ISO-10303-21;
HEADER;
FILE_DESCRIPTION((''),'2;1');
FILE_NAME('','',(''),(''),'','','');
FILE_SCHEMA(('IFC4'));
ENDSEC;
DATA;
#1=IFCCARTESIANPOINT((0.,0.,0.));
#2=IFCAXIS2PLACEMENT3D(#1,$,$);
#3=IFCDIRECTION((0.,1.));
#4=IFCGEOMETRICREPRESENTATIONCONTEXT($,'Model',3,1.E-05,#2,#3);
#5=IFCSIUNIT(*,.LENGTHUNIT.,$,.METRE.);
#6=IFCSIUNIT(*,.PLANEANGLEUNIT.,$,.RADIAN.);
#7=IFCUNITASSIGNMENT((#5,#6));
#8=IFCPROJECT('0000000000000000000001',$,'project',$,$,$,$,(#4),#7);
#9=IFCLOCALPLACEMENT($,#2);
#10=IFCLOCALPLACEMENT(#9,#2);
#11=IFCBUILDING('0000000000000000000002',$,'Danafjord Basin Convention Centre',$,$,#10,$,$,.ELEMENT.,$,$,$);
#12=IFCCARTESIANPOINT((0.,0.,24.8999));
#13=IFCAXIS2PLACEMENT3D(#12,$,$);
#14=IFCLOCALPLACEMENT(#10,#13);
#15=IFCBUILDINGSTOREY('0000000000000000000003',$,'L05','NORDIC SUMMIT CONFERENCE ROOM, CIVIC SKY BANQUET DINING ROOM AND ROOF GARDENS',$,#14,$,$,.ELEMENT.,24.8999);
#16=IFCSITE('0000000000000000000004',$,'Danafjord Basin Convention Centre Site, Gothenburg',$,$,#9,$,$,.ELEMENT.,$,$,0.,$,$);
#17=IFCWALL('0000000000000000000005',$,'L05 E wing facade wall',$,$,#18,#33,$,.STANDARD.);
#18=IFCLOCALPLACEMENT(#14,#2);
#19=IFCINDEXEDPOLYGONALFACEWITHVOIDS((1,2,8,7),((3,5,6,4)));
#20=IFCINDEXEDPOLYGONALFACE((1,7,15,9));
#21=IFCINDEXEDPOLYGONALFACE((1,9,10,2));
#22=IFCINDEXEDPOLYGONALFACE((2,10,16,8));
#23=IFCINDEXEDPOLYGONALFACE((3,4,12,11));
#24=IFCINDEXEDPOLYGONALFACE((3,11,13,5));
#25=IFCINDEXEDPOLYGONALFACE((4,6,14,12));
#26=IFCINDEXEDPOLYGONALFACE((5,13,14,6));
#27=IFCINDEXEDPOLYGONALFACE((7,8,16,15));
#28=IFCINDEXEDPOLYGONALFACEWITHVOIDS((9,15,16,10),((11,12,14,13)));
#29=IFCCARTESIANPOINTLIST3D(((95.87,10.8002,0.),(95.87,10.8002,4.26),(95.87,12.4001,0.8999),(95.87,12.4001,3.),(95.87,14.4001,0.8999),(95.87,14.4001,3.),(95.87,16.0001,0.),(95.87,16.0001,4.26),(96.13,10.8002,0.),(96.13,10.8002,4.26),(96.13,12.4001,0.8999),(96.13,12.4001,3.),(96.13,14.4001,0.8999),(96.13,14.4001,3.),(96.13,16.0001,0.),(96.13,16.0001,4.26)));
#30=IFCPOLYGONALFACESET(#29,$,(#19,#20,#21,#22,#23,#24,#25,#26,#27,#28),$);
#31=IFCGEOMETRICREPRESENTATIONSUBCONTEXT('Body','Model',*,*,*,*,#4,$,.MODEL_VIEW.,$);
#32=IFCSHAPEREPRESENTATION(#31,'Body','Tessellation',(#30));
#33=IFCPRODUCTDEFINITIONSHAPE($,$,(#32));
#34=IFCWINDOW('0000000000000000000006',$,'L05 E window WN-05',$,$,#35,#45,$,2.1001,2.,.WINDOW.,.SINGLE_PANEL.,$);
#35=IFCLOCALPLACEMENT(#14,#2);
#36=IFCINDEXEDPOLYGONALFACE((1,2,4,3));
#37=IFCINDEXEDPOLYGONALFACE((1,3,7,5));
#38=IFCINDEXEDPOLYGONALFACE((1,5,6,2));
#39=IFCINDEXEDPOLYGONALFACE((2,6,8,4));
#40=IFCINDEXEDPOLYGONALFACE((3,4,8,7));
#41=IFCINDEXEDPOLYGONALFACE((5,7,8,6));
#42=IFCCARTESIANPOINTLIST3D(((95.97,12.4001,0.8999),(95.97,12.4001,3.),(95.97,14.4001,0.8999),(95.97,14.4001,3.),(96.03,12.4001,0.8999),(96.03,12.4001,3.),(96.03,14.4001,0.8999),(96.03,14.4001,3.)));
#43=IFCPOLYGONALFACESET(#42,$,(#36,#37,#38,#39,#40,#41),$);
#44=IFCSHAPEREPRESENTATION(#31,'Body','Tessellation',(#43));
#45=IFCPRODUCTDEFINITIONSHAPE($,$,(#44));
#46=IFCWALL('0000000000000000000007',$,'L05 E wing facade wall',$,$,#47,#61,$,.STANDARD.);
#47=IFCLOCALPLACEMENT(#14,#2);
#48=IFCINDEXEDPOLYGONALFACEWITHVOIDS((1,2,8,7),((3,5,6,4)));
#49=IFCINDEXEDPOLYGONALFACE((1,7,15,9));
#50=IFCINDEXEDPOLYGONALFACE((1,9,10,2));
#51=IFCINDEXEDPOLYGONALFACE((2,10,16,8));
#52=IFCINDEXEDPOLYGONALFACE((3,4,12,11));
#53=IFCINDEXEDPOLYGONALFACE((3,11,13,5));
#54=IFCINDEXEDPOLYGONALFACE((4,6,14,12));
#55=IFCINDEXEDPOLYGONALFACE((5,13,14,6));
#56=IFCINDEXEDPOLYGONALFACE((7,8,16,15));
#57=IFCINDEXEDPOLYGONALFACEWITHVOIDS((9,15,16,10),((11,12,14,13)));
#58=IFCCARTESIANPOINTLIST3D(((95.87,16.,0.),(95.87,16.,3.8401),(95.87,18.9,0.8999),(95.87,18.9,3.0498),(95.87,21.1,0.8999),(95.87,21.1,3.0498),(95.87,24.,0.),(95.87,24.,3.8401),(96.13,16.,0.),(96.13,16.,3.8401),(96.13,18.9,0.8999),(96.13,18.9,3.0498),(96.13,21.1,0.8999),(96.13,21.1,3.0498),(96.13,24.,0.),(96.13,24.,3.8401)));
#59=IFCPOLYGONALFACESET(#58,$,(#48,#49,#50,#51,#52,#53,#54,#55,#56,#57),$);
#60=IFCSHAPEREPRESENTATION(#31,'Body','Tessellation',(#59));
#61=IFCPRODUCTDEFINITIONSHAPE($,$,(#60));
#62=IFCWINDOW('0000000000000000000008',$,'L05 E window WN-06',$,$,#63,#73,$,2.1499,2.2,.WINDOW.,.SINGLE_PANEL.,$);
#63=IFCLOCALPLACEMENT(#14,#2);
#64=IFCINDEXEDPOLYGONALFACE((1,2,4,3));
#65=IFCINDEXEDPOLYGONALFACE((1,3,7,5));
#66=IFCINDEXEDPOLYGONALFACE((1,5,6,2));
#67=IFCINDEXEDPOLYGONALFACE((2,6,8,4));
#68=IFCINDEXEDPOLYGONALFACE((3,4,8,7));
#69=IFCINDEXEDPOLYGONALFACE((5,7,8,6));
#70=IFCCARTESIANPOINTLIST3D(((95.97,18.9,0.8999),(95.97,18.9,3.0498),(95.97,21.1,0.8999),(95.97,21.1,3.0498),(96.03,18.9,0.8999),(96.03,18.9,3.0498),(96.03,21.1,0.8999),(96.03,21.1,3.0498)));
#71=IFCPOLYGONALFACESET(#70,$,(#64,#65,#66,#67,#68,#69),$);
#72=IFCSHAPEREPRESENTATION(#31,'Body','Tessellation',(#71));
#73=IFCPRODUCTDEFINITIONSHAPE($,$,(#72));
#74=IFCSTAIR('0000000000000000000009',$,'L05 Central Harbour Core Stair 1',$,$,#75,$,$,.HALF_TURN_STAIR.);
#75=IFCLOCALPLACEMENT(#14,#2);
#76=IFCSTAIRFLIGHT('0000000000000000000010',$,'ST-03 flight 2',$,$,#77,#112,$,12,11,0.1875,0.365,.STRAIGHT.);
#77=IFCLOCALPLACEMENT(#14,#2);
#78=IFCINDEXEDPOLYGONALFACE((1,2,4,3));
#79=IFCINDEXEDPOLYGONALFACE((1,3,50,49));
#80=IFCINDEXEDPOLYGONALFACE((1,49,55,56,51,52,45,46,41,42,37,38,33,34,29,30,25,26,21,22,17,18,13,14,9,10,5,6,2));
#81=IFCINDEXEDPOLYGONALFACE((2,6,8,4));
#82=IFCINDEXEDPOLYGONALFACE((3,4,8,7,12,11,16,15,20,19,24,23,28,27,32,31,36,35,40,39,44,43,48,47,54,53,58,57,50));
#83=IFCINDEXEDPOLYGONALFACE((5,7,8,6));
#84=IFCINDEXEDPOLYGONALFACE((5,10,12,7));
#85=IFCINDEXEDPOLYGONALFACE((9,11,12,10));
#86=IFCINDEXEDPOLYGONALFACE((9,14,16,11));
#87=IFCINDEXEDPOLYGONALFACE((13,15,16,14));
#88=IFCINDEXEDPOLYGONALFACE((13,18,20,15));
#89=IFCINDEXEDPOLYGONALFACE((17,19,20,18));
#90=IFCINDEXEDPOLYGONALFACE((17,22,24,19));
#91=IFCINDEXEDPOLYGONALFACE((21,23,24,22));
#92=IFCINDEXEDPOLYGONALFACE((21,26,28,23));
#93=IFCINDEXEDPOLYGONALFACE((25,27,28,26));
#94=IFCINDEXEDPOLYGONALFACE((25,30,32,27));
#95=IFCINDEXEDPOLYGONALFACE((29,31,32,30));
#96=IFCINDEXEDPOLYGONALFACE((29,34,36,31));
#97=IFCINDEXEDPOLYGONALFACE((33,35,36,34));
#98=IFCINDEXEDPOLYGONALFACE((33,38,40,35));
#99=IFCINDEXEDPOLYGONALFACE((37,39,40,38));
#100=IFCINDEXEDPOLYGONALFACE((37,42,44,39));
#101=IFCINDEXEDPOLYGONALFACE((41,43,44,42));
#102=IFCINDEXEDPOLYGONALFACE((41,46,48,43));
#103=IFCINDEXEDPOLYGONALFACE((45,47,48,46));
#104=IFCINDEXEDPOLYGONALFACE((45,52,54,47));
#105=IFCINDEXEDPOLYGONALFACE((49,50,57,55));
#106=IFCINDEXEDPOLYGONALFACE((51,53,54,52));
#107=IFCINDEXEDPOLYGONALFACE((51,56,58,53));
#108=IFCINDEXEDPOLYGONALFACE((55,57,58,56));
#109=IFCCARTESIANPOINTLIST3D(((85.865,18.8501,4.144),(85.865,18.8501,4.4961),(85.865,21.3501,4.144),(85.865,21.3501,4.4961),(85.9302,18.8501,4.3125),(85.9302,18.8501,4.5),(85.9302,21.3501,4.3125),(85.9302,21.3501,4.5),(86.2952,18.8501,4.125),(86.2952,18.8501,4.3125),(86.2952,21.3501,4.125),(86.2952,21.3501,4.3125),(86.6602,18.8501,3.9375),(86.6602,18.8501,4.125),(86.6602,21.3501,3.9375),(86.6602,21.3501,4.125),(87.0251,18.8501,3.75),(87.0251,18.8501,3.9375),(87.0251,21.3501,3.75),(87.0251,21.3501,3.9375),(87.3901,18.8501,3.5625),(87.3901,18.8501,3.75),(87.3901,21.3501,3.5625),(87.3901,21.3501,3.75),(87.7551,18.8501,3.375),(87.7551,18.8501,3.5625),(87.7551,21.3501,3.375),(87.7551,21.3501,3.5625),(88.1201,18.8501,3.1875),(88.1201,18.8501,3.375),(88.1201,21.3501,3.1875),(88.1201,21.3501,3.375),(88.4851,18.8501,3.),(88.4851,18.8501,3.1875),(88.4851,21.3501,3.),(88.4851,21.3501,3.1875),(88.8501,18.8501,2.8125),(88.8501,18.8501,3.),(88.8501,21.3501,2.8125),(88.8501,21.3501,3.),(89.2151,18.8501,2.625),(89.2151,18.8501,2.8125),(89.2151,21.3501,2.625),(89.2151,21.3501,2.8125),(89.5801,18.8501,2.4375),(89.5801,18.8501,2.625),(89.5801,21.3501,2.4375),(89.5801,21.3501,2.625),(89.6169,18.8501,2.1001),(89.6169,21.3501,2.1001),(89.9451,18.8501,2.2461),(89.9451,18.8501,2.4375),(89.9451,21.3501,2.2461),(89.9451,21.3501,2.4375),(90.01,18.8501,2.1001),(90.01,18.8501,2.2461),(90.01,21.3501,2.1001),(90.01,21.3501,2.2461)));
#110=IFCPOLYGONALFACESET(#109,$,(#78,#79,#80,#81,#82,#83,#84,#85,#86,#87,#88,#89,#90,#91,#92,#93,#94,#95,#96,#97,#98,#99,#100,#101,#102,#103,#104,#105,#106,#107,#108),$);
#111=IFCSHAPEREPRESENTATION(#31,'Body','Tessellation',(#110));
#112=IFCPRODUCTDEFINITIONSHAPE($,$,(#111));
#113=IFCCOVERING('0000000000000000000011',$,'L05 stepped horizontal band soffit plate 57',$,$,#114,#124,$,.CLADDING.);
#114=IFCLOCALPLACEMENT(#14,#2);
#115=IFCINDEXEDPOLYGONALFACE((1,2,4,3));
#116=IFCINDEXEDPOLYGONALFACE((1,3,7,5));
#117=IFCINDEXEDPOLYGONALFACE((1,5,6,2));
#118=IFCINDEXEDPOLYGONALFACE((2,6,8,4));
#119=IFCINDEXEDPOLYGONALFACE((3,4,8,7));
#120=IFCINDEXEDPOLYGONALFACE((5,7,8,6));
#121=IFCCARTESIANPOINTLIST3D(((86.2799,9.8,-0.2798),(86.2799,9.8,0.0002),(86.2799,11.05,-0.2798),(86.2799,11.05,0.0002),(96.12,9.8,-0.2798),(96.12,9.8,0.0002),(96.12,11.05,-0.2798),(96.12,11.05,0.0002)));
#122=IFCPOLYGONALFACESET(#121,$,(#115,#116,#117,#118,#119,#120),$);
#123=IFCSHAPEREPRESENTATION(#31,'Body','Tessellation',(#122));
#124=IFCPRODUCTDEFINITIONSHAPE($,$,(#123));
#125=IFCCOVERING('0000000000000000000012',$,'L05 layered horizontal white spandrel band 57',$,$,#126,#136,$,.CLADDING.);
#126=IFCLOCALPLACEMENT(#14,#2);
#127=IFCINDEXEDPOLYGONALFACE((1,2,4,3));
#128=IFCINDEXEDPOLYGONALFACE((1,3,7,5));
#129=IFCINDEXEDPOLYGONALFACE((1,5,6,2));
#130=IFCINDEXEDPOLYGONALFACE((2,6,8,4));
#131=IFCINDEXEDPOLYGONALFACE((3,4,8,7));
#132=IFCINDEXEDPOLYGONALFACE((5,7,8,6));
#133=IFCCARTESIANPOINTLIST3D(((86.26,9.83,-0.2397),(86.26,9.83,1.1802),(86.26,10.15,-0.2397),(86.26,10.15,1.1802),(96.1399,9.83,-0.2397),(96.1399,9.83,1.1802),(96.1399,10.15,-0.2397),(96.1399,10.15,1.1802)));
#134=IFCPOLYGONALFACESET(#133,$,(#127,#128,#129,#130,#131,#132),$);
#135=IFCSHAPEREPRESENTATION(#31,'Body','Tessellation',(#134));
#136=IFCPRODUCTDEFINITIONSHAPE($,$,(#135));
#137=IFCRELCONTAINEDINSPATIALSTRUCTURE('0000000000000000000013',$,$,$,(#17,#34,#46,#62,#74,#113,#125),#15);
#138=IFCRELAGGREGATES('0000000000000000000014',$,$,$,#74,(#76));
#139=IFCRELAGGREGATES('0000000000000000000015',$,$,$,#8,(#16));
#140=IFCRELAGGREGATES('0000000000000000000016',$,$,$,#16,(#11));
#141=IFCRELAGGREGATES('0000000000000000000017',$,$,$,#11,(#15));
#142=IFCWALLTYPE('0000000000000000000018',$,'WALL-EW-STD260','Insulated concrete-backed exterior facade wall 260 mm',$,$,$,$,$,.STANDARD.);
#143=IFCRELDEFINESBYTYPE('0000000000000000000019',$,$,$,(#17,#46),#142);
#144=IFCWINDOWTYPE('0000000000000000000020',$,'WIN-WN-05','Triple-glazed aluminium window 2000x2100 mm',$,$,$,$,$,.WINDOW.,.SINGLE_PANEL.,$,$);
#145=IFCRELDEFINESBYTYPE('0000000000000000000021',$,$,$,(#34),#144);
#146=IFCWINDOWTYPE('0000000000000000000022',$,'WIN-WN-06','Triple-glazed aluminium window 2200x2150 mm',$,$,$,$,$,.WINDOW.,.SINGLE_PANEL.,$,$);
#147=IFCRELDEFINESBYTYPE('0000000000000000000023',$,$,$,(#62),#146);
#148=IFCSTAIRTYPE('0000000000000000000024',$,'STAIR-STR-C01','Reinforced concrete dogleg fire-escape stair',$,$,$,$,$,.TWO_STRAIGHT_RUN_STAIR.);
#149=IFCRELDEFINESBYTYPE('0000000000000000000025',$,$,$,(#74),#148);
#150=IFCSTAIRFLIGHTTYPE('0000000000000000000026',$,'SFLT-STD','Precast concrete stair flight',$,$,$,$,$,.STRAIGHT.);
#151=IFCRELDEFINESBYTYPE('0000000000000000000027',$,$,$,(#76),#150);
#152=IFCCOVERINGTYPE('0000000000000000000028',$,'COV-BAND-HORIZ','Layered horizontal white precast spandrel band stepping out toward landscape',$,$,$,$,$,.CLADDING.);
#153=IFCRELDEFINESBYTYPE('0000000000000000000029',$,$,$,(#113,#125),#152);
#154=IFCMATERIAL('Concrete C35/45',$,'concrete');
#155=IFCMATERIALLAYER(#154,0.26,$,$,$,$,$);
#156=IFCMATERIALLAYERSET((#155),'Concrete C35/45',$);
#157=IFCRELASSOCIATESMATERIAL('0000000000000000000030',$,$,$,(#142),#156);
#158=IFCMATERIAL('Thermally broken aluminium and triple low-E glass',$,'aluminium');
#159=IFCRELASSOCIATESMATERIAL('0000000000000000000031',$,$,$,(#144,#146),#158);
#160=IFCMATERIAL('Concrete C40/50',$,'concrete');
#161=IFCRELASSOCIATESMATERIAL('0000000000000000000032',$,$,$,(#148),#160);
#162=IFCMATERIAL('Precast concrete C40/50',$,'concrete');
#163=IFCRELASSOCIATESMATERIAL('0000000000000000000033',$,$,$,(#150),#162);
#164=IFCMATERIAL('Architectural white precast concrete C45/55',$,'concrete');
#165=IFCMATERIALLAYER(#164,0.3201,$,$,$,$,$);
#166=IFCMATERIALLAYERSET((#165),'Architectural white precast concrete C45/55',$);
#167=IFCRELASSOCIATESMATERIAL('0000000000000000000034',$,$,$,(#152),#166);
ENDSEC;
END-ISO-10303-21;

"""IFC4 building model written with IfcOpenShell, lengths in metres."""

from ifc_helpers import new_model, si_unit, direction, frame, frame_2d, origin, origin_2d, place, context, subcontext, project, spatial, polyline, rectangle, outline, extrude, material, layer, layer_set, type_object, element, fill, aggregate, save


model = new_model("IFC4")

# Units and contexts
model_context = context("Model", 3, precision=1e-05, world=origin(), true_north=direction((0.0, 1.0)))
body_context = subcontext(model_context, "Body", "Model", "MODEL_VIEW")
ifc_project = project(units=[si_unit("LENGTHUNIT", "METRE"), si_unit("PLANEANGLEUNIT", "RADIAN")], contexts=[model_context])

# Site, building, storey
site_placement = place(None, origin())
site = spatial("IfcSite", under=ifc_project, at=site_placement, Name="Danafjord Basin Convention Centre Site, Gothenburg", CompositionType="ELEMENT", RefElevation=0.0)
building_placement = place(site_placement, origin())
building = spatial("IfcBuilding", under=site, at=building_placement, Name="Danafjord Basin Convention Centre", CompositionType="ELEMENT")
storey_placement = place(building_placement, frame((0.0, 0.0, 24.8999)))
storey = spatial("IfcBuildingStorey", under=building, at=storey_placement, Name="L05", Description="NORDIC SUMMIT CONFERENCE ROOM, CIVIC SKY BANQUET DINING ROOM AND ROOF GARDENS", CompositionType="ELEMENT", Elevation=24.8999)

# Shared definitions
ifc_material_1 = material(Name="Concrete C40/50", Category="concrete")

# Walls, openings, windows
ifc_material_2 = material(Name="Concrete C35/45", Category="concrete")
ifc_layer_1 = layer(ifc_material_2, 0.26)
ifc_layer_set_1 = layer_set([ifc_layer_1], Name="Concrete C35/45")
wall_type_1 = type_object("IfcWallType", Name="WALL-EW-STD260", Description="Insulated concrete-backed exterior facade wall 260 mm", PredefinedType="STANDARD", material=ifc_layer_set_1)
wall_1_placement = place(storey_placement, frame((96.0, 10.8, 0.0), z_axis=(0.0, 0.0, 1.0), x_axis=(0.0, 1.0, 0.0)))
wall_1 = element("IfcWall", 1, at=wall_1_placement, inside=storey, type_object=wall_type_1, Name="L05 E wing facade wall", PredefinedType="STANDARD", context=body_context, shape_type="SweptSolid", body=[
    extrude(rectangle(XDim=5.2, YDim=0.26, at=frame_2d((2.6001, 0.0))), origin(), (0.0, 0.0, 1.0), 4.26),
])
opening_1_placement = place(wall_1_placement, frame((1.6001, 0.0, 0.8999)))
opening_1 = element("IfcOpeningElement", 2, at=opening_1_placement, cuts=wall_1, PredefinedType="OPENING", context=body_context, shape_type="SweptSolid", body=[
    extrude(rectangle(XDim=2.0, YDim=2.1001, at=frame_2d((1.0, 1.05))), frame((0.0, 0.1399, 0.0), z_axis=(0.0, -1.0, 0.0), x_axis=(1.0, 0.0, 0.0)), (0.0, 0.0, 1.0), 0.28),
])
ifc_material_3 = material(Name="Thermally broken aluminium and triple low-E glass", Category="aluminium")
window_type_1 = type_object("IfcWindowType", Name="WIN-WN-05", Description="Triple-glazed aluminium window 2000x2100 mm", PartitioningType="SINGLE_PANEL", PredefinedType="WINDOW", material=ifc_material_3)
window_1_placement = place(opening_1_placement, origin())
window_1 = element("IfcWindow", 3, at=window_1_placement, inside=storey, type_object=window_type_1, Name="L05 E window WN-05", OverallHeight=2.1001, OverallWidth=2.0, PartitioningType="SINGLE_PANEL", PredefinedType="WINDOW", context=body_context, shape_type="SweptSolid", body=[
    extrude(rectangle(XDim=2.0, YDim=2.1001, at=frame_2d((1.0, 1.05))), frame((0.0, 0.03, 0.0), z_axis=(0.0, -1.0, 0.0), x_axis=(1.0, 0.0, 0.0)), (0.0, 0.0, 1.0), 0.0601),
])
fill(opening_1, window_1)
wall_2_placement = place(storey_placement, frame((96.0, 16.0, 0.0), z_axis=(0.0, 0.0, 1.0), x_axis=(0.0, 1.0, 0.0)))
wall_2 = element("IfcWall", 4, at=wall_2_placement, inside=storey, type_object=wall_type_1, Name="L05 E wing facade wall", PredefinedType="STANDARD", context=body_context, shape_type="SweptSolid", body=[
    extrude(rectangle(XDim=8.0, YDim=0.26, at=frame_2d((4.0, 0.0))), origin(), (0.0, 0.0, 1.0), 3.8401),
])
opening_2_placement = place(wall_2_placement, frame((2.8999, 0.0, 0.8999)))
opening_2 = element("IfcOpeningElement", 5, at=opening_2_placement, cuts=wall_2, PredefinedType="OPENING", context=body_context, shape_type="SweptSolid", body=[
    extrude(rectangle(XDim=2.2, YDim=2.1499, at=frame_2d((1.1001, 1.075))), frame((0.0, 0.1399, 0.0), z_axis=(0.0, -1.0, 0.0), x_axis=(1.0, 0.0, 0.0)), (0.0, 0.0, 1.0), 0.28),
])
window_type_2 = type_object("IfcWindowType", Name="WIN-WN-06", Description="Triple-glazed aluminium window 2200x2150 mm", PartitioningType="SINGLE_PANEL", PredefinedType="WINDOW", material=ifc_material_3)
window_2_placement = place(opening_2_placement, origin())
window_2 = element("IfcWindow", 6, at=window_2_placement, inside=storey, type_object=window_type_2, Name="L05 E window WN-06", OverallHeight=2.1499, OverallWidth=2.2, PartitioningType="SINGLE_PANEL", PredefinedType="WINDOW", context=body_context, shape_type="SweptSolid", body=[
    extrude(rectangle(XDim=2.2, YDim=2.1499, at=frame_2d((1.1001, 1.075))), frame((0.0, 0.03, 0.0), z_axis=(0.0, -1.0, 0.0), x_axis=(1.0, 0.0, 0.0)), (0.0, 0.0, 1.0), 0.0601),
])
fill(opening_2, window_2)

# Stair, stair flight
stair_type = type_object("IfcStairType", Name="STAIR-STR-C01", Description="Reinforced concrete dogleg fire-escape stair", PredefinedType="TWO_STRAIGHT_RUN_STAIR", material=ifc_material_1)
stair_placement = place(storey_placement, origin())
stair = element("IfcStair", 7, at=stair_placement, inside=storey, type_object=stair_type, Name="L05 Central Harbour Core Stair 1", PredefinedType="HALF_TURN_STAIR")
ifc_material_4 = material(Name="Precast concrete C40/50", Category="concrete")
stair_flight_type = type_object("IfcStairFlightType", Name="SFLT-STD", Description="Precast concrete stair flight", PredefinedType="STRAIGHT", material=ifc_material_4)
stair_flight_placement = place(storey_placement, frame((89.9451, 20.1001, 2.25), z_axis=(0.0, 0.0, 1.0), x_axis=(-1.0, 0.0, 0.0)))
stair_flight = element("IfcStairFlight", 8, at=stair_flight_placement, type_object=stair_flight_type, Name="ST-03 flight 2", NumberOfRisers=12, NumberOfTreads=11, PredefinedType="STRAIGHT", RiserHeight=0.1875, TreadLength=0.365, context=body_context, shape_type="SweptSolid", body=[
    extrude(outline(polyline([(-0.0649, -0.1499), (-0.0649, -0.0039), (0.0, -0.0039), (0.0, 0.1875), (0.365, 0.1875), (0.365, 0.375), (0.73, 0.375), (0.73, 0.5625), (1.095, 0.5625), (1.095, 0.75), (1.46, 0.75), (1.46, 0.9375), (1.825, 0.9375), (1.825, 1.125), (2.1899, 1.125), (2.1899, 1.3125), (2.5549, 1.3125), (2.5549, 1.5), (2.9199, 1.5), (2.9199, 1.6875), (3.2849, 1.6875), (3.2849, 1.875), (3.6499, 1.875), (3.6499, 2.0625), (4.0149, 2.0625), (4.0149, 2.25), (4.0801, 2.2461), (4.0801, 1.894), (0.3281, -0.1499), (-0.0649, -0.1499)])), frame((0.0, 1.25, 0.0), z_axis=(0.0, -1.0, 0.0), x_axis=(1.0, 0.0, 0.0)), (0.0, 0.0, 1.0), 2.5),
])
aggregate(stair, [stair_flight])

# Coverings
ifc_material_5 = material(Name="Architectural white precast concrete C45/55", Category="concrete")
ifc_layer_2 = layer(ifc_material_5, 0.3201)
ifc_layer_set_2 = layer_set([ifc_layer_2], Name="Architectural white precast concrete C45/55")
covering_type = type_object("IfcCoveringType", Name="COV-BAND-HORIZ", Description="Layered horizontal white precast spandrel band stepping out toward landscape", PredefinedType="CLADDING", material=ifc_layer_set_2)
covering_1_placement = place(storey_placement, frame((91.2, 10.425, -0.2798), z_axis=(0.0, 0.0, 1.0), x_axis=(1.0, 0.0, 0.0)))
element("IfcCovering", 9, at=covering_1_placement, inside=storey, type_object=covering_type, Name="L05 stepped horizontal band soffit plate 57", PredefinedType="CLADDING", context=body_context, shape_type="SweptSolid", body=[
    extrude(rectangle(XDim=9.8401, YDim=1.25, at=origin_2d()), origin(), (0.0, 0.0, 1.0), 0.28),
])
covering_2_placement = place(storey_placement, frame((91.2, 9.99, -0.2397), z_axis=(0.0, 0.0, 1.0), x_axis=(1.0, 0.0, 0.0)))
element("IfcCovering", 10, at=covering_2_placement, inside=storey, type_object=covering_type, Name="L05 layered horizontal white spandrel band 57", PredefinedType="CLADDING", context=body_context, shape_type="SweptSolid", body=[
    extrude(rectangle(XDim=9.8799, YDim=0.3201, at=origin_2d()), origin(), (0.0, 0.0, 1.0), 1.4199),
])

save(model, "model.ifc")
